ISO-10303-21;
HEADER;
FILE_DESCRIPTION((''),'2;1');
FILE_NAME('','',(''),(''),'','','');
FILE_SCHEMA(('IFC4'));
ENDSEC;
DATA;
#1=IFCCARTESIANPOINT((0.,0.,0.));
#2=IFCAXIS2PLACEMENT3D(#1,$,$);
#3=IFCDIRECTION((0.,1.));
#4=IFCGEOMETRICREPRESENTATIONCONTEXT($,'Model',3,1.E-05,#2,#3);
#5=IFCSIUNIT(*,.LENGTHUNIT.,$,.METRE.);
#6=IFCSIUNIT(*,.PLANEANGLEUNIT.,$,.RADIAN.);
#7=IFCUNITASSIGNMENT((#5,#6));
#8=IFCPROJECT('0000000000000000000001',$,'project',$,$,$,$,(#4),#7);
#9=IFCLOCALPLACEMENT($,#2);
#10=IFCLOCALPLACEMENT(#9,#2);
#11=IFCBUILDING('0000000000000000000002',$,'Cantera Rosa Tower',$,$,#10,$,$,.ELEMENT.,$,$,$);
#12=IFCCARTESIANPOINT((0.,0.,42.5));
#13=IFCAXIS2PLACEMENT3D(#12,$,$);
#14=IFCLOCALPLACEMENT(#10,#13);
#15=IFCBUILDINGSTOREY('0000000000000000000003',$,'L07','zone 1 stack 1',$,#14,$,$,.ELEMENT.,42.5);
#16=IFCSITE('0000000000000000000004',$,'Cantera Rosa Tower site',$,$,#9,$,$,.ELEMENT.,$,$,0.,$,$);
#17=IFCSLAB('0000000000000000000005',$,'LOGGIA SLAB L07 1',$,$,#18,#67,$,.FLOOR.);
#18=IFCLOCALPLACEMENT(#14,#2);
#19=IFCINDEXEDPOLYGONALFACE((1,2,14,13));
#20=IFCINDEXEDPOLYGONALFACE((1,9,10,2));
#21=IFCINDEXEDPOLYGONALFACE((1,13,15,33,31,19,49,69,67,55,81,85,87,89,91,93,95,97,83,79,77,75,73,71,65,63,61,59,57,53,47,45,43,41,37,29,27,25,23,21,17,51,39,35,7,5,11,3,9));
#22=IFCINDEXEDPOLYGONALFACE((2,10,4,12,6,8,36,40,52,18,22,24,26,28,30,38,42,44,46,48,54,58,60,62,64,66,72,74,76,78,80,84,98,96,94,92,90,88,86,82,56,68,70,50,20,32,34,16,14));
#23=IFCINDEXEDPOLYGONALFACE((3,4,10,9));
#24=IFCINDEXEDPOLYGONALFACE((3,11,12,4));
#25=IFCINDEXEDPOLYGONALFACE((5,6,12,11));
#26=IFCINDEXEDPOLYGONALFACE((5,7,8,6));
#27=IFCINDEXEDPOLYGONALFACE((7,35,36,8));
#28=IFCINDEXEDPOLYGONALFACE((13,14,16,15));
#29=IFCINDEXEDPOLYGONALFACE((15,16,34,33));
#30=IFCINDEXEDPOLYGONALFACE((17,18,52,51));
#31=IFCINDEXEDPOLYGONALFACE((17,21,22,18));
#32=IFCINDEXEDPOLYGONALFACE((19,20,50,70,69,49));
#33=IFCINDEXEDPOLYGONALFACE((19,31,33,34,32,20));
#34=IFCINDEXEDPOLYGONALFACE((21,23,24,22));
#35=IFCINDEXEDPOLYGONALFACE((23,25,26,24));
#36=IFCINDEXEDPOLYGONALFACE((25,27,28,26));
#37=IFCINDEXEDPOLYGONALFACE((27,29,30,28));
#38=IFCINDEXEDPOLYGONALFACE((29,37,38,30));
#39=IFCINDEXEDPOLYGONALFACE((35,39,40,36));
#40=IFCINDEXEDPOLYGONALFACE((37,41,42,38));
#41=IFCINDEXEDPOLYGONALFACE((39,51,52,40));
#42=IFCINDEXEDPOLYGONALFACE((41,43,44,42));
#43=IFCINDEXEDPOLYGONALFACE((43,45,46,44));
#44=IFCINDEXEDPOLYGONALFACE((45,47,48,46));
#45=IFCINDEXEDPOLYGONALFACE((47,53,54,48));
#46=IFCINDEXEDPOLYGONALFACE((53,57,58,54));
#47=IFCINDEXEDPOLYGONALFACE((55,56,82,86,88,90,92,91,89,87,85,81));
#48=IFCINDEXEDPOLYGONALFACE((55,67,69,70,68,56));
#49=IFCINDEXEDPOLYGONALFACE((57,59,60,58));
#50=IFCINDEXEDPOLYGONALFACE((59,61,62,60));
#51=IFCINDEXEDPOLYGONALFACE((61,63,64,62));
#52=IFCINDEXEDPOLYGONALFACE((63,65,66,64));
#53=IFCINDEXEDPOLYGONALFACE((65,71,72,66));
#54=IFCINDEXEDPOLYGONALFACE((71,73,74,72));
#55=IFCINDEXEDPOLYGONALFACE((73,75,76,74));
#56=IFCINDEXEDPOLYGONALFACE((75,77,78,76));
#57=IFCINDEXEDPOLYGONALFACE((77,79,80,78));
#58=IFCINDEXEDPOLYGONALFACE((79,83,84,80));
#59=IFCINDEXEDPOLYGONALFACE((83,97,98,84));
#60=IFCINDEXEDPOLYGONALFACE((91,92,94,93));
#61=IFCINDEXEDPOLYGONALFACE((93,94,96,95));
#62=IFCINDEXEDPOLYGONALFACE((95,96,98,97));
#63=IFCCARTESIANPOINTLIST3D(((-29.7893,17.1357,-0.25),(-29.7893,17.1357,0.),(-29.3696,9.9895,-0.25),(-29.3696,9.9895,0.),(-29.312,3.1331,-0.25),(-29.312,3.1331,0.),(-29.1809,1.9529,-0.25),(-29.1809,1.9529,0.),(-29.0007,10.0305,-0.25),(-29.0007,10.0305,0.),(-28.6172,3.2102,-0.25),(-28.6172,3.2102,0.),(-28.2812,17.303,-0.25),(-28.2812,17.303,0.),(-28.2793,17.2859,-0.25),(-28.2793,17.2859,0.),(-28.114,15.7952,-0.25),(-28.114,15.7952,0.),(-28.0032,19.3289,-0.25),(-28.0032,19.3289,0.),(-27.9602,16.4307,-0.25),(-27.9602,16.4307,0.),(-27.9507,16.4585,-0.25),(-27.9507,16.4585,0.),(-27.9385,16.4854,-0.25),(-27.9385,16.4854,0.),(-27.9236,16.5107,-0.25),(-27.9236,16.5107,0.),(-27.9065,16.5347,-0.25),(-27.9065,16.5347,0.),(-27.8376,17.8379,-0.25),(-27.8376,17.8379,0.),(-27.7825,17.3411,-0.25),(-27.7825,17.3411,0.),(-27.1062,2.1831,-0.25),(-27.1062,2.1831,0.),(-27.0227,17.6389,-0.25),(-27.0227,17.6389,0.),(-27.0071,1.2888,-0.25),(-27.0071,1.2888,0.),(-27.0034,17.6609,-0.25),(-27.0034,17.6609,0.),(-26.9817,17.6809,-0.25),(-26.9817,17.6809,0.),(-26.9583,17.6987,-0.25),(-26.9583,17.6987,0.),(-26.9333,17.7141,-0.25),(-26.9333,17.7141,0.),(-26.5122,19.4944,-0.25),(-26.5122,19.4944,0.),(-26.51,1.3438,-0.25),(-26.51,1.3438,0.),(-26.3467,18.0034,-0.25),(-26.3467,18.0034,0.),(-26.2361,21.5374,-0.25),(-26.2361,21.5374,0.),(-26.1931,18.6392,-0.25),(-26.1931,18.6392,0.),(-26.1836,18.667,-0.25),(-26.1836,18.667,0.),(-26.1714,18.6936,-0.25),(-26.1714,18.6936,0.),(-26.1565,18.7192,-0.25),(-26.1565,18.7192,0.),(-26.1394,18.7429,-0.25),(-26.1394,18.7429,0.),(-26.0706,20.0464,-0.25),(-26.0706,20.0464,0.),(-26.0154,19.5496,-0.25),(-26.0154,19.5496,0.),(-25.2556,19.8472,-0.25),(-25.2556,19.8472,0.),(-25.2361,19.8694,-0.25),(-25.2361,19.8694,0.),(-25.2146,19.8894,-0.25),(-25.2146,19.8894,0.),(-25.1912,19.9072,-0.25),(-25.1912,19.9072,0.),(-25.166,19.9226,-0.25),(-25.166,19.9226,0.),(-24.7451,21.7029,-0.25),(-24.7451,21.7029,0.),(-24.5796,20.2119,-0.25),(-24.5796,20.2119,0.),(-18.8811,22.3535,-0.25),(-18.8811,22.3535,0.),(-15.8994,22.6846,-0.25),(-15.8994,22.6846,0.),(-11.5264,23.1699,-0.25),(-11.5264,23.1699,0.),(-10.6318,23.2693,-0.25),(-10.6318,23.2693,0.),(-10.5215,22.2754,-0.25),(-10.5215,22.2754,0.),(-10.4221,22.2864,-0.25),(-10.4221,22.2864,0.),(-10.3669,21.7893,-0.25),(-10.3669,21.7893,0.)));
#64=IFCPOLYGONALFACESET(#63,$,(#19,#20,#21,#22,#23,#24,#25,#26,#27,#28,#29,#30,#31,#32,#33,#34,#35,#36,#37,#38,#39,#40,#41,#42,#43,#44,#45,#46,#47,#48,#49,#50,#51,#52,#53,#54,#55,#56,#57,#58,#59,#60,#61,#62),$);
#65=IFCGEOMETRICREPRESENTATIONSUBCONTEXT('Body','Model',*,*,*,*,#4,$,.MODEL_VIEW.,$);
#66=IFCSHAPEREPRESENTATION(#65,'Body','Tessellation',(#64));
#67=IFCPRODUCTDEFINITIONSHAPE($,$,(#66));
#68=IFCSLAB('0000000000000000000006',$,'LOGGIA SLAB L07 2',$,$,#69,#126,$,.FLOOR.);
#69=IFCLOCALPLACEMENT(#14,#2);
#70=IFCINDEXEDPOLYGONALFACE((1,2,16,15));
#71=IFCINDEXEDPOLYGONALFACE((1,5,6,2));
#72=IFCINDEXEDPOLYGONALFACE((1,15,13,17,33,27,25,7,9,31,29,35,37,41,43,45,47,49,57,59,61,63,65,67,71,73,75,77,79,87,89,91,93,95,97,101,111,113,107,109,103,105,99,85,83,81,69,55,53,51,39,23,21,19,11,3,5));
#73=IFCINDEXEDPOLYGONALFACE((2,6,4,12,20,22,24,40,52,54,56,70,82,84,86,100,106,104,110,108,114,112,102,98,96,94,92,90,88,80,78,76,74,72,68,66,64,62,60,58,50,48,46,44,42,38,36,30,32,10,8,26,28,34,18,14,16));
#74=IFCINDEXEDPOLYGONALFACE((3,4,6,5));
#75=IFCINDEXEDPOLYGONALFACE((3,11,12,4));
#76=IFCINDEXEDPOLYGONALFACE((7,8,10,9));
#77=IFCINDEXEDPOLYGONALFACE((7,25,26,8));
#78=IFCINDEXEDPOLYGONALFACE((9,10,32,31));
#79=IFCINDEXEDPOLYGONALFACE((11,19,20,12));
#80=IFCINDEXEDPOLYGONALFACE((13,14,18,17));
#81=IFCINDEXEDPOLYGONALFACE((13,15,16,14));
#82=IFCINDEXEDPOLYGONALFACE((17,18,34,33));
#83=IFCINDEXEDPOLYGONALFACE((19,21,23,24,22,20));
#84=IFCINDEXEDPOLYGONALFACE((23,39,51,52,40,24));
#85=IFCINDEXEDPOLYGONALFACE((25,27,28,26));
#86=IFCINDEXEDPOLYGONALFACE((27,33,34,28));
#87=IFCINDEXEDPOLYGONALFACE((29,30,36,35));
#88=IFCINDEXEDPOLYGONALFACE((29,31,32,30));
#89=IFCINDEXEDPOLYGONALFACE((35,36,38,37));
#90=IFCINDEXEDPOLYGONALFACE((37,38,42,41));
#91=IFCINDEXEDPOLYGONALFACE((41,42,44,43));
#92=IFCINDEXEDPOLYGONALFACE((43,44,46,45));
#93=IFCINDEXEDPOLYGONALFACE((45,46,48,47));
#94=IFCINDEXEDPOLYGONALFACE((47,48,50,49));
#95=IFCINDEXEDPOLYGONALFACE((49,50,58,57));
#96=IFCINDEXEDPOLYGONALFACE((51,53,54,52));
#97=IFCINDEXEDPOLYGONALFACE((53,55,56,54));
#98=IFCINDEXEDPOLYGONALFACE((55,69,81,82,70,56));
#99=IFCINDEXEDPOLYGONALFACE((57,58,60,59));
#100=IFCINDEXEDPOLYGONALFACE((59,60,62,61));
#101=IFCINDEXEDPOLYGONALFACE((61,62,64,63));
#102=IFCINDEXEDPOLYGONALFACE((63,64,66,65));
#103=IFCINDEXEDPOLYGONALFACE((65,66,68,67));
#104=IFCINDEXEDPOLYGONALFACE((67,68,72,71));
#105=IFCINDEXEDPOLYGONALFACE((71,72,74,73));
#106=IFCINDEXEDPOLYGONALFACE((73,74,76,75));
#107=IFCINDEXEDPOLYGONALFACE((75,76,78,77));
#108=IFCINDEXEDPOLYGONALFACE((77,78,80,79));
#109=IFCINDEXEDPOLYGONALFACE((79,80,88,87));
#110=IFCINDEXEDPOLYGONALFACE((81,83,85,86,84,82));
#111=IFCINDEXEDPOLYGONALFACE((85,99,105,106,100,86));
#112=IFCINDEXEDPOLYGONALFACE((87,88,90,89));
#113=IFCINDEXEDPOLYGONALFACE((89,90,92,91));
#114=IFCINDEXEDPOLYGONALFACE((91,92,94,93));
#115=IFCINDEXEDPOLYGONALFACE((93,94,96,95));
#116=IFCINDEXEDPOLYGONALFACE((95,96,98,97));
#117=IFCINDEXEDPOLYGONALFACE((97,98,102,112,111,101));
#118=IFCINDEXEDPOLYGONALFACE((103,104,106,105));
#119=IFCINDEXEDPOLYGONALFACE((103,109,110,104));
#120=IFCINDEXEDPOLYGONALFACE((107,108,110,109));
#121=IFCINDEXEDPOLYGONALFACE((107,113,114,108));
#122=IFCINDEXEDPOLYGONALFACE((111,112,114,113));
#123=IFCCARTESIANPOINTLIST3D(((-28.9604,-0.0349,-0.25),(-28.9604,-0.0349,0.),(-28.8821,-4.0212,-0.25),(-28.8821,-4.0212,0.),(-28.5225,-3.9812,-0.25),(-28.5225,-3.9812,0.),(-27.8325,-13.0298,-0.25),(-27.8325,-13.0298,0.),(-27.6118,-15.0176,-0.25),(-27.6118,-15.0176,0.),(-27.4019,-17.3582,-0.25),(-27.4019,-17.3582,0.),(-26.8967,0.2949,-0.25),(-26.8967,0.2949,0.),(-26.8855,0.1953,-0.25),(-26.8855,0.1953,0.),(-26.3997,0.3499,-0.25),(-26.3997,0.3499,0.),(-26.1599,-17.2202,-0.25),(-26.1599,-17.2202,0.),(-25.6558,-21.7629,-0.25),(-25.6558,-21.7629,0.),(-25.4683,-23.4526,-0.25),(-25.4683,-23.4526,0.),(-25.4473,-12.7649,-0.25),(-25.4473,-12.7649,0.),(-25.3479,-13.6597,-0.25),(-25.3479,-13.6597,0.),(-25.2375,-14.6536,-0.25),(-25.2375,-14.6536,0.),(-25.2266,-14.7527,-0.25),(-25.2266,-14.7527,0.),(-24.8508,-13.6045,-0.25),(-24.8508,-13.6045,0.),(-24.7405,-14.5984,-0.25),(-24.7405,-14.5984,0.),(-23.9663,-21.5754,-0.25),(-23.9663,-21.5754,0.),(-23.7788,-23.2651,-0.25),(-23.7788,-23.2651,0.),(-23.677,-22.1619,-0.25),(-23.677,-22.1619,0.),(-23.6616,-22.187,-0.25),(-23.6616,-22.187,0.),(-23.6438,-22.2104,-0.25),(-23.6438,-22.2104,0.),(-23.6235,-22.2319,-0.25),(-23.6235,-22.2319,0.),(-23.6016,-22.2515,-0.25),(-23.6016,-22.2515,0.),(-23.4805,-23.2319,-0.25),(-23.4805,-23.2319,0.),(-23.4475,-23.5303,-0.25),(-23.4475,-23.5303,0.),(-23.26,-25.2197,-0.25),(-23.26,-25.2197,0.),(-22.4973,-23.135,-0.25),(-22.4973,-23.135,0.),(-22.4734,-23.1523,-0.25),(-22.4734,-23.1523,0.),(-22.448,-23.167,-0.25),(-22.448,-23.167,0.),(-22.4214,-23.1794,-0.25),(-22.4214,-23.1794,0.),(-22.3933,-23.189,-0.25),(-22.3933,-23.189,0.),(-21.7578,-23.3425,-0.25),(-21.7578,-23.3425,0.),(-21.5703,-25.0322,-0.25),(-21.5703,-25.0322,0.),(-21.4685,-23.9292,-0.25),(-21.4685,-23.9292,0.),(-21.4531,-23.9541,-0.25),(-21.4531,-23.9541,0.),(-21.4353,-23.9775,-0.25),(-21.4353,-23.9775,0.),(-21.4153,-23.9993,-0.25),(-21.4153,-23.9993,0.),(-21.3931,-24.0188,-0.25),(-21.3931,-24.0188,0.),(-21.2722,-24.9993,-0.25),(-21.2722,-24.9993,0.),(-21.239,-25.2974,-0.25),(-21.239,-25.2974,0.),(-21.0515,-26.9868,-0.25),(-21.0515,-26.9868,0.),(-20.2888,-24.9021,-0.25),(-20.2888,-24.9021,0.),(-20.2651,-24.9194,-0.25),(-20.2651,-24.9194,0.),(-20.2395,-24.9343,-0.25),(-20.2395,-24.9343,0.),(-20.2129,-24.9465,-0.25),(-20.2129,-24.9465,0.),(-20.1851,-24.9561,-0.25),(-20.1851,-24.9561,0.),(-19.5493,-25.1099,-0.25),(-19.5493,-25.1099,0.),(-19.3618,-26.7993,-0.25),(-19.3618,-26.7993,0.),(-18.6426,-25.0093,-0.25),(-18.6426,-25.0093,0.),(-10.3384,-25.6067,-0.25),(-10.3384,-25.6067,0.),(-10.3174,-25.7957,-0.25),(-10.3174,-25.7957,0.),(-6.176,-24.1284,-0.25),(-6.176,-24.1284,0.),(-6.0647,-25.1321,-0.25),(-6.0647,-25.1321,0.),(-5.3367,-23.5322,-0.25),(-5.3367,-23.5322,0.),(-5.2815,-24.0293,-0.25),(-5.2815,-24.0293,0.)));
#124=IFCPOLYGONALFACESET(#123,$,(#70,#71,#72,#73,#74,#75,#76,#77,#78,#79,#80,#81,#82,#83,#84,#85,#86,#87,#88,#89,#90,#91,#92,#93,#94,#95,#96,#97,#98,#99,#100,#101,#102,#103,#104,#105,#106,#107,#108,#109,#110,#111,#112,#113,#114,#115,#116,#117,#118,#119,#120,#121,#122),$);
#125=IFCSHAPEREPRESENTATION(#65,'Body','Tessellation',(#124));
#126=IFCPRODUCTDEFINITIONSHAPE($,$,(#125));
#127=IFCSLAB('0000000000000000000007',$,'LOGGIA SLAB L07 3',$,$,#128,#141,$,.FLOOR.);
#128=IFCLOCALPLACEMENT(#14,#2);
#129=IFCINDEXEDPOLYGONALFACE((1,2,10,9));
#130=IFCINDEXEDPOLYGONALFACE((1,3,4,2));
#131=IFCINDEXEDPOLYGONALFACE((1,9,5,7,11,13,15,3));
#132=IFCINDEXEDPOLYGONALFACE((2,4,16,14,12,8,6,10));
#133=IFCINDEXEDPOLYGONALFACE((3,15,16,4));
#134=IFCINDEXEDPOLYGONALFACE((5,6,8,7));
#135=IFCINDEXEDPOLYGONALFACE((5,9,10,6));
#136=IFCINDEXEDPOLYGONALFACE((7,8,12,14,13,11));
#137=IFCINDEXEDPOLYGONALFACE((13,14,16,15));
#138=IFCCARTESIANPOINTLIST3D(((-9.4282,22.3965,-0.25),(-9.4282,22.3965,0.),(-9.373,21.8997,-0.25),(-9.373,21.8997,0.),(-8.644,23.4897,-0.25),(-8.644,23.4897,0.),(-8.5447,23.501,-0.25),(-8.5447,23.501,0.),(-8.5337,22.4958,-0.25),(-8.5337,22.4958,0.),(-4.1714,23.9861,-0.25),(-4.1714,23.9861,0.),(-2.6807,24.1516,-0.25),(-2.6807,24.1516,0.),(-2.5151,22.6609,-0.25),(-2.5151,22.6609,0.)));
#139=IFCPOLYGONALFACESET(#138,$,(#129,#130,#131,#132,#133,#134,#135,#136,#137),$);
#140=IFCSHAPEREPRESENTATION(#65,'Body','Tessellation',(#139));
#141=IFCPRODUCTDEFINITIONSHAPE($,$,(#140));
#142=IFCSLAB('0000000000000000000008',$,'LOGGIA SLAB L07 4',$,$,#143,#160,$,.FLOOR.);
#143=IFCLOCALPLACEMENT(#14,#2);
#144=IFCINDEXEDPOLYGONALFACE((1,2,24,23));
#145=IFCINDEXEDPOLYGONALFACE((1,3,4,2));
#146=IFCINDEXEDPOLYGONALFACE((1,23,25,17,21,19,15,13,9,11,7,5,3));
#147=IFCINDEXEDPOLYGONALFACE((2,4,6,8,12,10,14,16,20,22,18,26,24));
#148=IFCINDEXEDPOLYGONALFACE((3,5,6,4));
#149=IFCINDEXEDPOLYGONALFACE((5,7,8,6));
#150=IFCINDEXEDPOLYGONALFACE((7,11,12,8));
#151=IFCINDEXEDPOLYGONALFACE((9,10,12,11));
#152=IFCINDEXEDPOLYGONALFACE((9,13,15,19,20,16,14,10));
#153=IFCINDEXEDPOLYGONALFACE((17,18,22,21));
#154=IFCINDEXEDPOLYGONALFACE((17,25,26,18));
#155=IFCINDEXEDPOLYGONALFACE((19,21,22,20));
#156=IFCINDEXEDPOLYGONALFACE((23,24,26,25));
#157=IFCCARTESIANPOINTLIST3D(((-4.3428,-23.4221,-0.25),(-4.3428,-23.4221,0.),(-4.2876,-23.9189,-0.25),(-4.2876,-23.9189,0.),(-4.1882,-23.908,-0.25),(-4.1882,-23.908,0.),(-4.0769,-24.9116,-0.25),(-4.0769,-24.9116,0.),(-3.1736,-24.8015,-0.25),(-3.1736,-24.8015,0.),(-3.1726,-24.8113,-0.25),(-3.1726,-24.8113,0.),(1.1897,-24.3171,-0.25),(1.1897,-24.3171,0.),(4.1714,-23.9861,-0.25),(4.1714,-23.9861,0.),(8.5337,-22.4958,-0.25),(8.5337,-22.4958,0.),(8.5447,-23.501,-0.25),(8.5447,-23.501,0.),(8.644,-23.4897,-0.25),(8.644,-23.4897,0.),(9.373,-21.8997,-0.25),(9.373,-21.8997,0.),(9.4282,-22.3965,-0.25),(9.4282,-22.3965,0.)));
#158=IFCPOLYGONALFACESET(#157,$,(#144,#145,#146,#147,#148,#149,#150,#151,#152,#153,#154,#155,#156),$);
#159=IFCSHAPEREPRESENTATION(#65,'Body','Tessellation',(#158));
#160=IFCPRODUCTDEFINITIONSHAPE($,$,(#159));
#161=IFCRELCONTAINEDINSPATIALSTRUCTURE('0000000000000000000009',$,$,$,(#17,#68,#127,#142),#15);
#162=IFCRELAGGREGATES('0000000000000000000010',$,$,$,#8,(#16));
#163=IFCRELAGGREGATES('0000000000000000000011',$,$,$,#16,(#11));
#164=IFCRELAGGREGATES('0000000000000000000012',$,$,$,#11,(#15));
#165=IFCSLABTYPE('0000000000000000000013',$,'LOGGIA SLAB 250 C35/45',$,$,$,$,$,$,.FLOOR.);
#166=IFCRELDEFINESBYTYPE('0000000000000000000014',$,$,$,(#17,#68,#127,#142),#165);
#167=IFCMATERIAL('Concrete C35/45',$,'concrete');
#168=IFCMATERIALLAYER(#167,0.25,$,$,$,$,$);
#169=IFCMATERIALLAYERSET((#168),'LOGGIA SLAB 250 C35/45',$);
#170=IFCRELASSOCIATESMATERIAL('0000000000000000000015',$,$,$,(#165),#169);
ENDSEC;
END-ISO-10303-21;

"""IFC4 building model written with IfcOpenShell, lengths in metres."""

from ifc_helpers import new_model, si_unit, direction, frame, origin, place, context, subcontext, project, spatial, polyline, outline, extrude, material, layer, layer_set, type_object, element, save


model = new_model("IFC4")

# Units and contexts
model_context = context("Model", 3, precision=1e-05, world=origin(), true_north=direction((0.0, 1.0)))
body_context = subcontext(model_context, "Body", "Model", "MODEL_VIEW")
ifc_project = project(units=[si_unit("LENGTHUNIT", "METRE"), si_unit("PLANEANGLEUNIT", "RADIAN")], contexts=[model_context])

# Site, building, storey
site_placement = place(None, origin())
site = spatial("IfcSite", under=ifc_project, at=site_placement, Name="Cantera Rosa Tower site", CompositionType="ELEMENT", RefElevation=0.0)
building_placement = place(site_placement, origin())
building = spatial("IfcBuilding", under=site, at=building_placement, Name="Cantera Rosa Tower", CompositionType="ELEMENT")
storey_placement = place(building_placement, frame((0.0, 0.0, 42.5)))
storey = spatial("IfcBuildingStorey", under=building, at=storey_placement, Name="L07", Description="zone 1 stack 1", CompositionType="ELEMENT", Elevation=42.5)

# Slabs
ifc_material_1 = material(Name="Concrete C35/45", Category="concrete")
ifc_layer_1 = layer(ifc_material_1, 0.25)
ifc_layer_set_1 = layer_set([ifc_layer_1], Name="LOGGIA SLAB 250 C35/45")
slab_type_1 = type_object("IfcSlabType", Name="LOGGIA SLAB 250 C35/45", PredefinedType="FLOOR", material=ifc_layer_set_1)
slab_1_placement = place(storey_placement, frame((0.0, 0.0, -0.25)))
element("IfcSlab", 1, at=slab_1_placement, inside=storey, type_object=slab_type_1, Name="LOGGIA SLAB L07 1", PredefinedType="FLOOR", context=body_context, shape_type="SweptSolid", body=[
    extrude(outline(polyline([(-29.7893, 17.1357), (-28.2812, 17.303), (-28.2793, 17.2859), (-27.7825, 17.3411), (-27.8376, 17.8379), (-28.0032, 19.3289), (-26.5122, 19.4944), (-26.0154, 19.5496), (-26.0706, 20.0464), (-26.2361, 21.5374), (-24.7451, 21.7029), (-18.8811, 22.3535), (-15.8994, 22.6846), (-11.5264, 23.1699), (-10.6318, 23.2693), (-10.5215, 22.2754), (-10.4221, 22.2864), (-10.3669, 21.7893), (-24.5796, 20.2119), (-25.166, 19.9226), (-25.1912, 19.9072), (-25.2146, 19.8894), (-25.2361, 19.8694), (-25.2556, 19.8472), (-26.1394, 18.7429), (-26.1565, 18.7192), (-26.1714, 18.6936), (-26.1836, 18.667), (-26.1931, 18.6392), (-26.3467, 18.0034), (-26.9333, 17.7141), (-26.9583, 17.6987), (-26.9817, 17.6809), (-27.0034, 17.6609), (-27.0227, 17.6389), (-27.9065, 16.5347), (-27.9236, 16.5107), (-27.9385, 16.4854), (-27.9507, 16.4585), (-27.9602, 16.4307), (-28.114, 15.7952), (-26.51, 1.3438), (-27.0071, 1.2888), (-27.1062, 2.1831), (-29.1809, 1.9529), (-29.312, 3.1331), (-28.6172, 3.2102), (-29.3696, 9.9895), (-29.0007, 10.0305), (-29.7893, 17.1357)])), origin(), (0.0, 0.0, 1.0), 0.25),
])
slab_2_placement = place(storey_placement, frame((0.0, 0.0, -0.25)))
element("IfcSlab", 2, at=slab_2_placement, inside=storey, type_object=slab_type_1, Name="LOGGIA SLAB L07 2", PredefinedType="FLOOR", context=body_context, shape_type="SweptSolid", body=[
    extrude(outline(polyline([(-21.2722, -24.9993), (-21.5703, -25.0322), (-23.26, -25.2197), (-23.4475, -23.5303), (-23.4805, -23.2319), (-23.7788, -23.2651), (-25.4683, -23.4526), (-25.6558, -21.7629), (-26.1599, -17.2202), (-27.4019, -17.3582), (-28.8821, -4.0212), (-28.5225, -3.9812), (-28.9604, -0.0349), (-26.8855, 0.1953), (-26.8967, 0.2949), (-26.3997, 0.3499), (-24.8508, -13.6045), (-25.3479, -13.6597), (-25.4473, -12.7649), (-27.8325, -13.0298), (-27.6118, -15.0176), (-25.2266, -14.7527), (-25.2375, -14.6536), (-24.7405, -14.5984), (-23.9663, -21.5754), (-23.677, -22.1619), (-23.6616, -22.187), (-23.6438, -22.2104), (-23.6235, -22.2319), (-23.6016, -22.2515), (-22.4973, -23.135), (-22.4734, -23.1523), (-22.448, -23.167), (-22.4214, -23.1794), (-22.3933, -23.189), (-21.7578, -23.3425), (-21.4685, -23.9292), (-21.4531, -23.9541), (-21.4353, -23.9775), (-21.4153, -23.9993), (-21.3931, -24.0188), (-20.2888, -24.9021), (-20.2651, -24.9194), (-20.2395, -24.9343), (-20.2129, -24.9465), (-20.1851, -24.9561), (-19.5493, -25.1099), (-18.6426, -25.0093), (-5.3367, -23.5322), (-5.2815, -24.0293), (-6.176, -24.1284), (-6.0647, -25.1321), (-10.3384, -25.6067), (-10.3174, -25.7957), (-19.3618, -26.7993), (-21.0515, -26.9868), (-21.239, -25.2974), (-21.2722, -24.9993)])), origin(), (0.0, 0.0, 1.0), 0.25),
])
slab_3_placement = place(storey_placement, frame((0.0, 0.0, -0.25)))
element("IfcSlab", 3, at=slab_3_placement, inside=storey, type_object=slab_type_1, Name="LOGGIA SLAB L07 3", PredefinedType="FLOOR", context=body_context, shape_type="SweptSolid", body=[
    extrude(outline(polyline([(-9.4282, 22.3965), (-8.5337, 22.4958), (-8.644, 23.4897), (-8.5447, 23.501), (-4.1714, 23.9861), (-2.6807, 24.1516), (-2.5151, 22.6609), (-9.373, 21.8997), (-9.4282, 22.3965)])), origin(), (0.0, 0.0, 1.0), 0.25),
])
slab_4_placement = place(storey_placement, frame((0.0, 0.0, -0.25)))
element("IfcSlab", 4, at=slab_4_placement, inside=storey, type_object=slab_type_1, Name="LOGGIA SLAB L07 4", PredefinedType="FLOOR", context=body_context, shape_type="SweptSolid", body=[
    extrude(outline(polyline([(-4.3428, -23.4221), (9.373, -21.8997), (9.4282, -22.3965), (8.5337, -22.4958), (8.644, -23.4897), (8.5447, -23.501), (4.1714, -23.9861), (1.1897, -24.3171), (-3.1736, -24.8015), (-3.1726, -24.8113), (-4.0769, -24.9116), (-4.1882, -23.908), (-4.2876, -23.9189), (-4.3428, -23.4221)])), origin(), (0.0, 0.0, 1.0), 0.25),
])

save(model, "model.ifc")
